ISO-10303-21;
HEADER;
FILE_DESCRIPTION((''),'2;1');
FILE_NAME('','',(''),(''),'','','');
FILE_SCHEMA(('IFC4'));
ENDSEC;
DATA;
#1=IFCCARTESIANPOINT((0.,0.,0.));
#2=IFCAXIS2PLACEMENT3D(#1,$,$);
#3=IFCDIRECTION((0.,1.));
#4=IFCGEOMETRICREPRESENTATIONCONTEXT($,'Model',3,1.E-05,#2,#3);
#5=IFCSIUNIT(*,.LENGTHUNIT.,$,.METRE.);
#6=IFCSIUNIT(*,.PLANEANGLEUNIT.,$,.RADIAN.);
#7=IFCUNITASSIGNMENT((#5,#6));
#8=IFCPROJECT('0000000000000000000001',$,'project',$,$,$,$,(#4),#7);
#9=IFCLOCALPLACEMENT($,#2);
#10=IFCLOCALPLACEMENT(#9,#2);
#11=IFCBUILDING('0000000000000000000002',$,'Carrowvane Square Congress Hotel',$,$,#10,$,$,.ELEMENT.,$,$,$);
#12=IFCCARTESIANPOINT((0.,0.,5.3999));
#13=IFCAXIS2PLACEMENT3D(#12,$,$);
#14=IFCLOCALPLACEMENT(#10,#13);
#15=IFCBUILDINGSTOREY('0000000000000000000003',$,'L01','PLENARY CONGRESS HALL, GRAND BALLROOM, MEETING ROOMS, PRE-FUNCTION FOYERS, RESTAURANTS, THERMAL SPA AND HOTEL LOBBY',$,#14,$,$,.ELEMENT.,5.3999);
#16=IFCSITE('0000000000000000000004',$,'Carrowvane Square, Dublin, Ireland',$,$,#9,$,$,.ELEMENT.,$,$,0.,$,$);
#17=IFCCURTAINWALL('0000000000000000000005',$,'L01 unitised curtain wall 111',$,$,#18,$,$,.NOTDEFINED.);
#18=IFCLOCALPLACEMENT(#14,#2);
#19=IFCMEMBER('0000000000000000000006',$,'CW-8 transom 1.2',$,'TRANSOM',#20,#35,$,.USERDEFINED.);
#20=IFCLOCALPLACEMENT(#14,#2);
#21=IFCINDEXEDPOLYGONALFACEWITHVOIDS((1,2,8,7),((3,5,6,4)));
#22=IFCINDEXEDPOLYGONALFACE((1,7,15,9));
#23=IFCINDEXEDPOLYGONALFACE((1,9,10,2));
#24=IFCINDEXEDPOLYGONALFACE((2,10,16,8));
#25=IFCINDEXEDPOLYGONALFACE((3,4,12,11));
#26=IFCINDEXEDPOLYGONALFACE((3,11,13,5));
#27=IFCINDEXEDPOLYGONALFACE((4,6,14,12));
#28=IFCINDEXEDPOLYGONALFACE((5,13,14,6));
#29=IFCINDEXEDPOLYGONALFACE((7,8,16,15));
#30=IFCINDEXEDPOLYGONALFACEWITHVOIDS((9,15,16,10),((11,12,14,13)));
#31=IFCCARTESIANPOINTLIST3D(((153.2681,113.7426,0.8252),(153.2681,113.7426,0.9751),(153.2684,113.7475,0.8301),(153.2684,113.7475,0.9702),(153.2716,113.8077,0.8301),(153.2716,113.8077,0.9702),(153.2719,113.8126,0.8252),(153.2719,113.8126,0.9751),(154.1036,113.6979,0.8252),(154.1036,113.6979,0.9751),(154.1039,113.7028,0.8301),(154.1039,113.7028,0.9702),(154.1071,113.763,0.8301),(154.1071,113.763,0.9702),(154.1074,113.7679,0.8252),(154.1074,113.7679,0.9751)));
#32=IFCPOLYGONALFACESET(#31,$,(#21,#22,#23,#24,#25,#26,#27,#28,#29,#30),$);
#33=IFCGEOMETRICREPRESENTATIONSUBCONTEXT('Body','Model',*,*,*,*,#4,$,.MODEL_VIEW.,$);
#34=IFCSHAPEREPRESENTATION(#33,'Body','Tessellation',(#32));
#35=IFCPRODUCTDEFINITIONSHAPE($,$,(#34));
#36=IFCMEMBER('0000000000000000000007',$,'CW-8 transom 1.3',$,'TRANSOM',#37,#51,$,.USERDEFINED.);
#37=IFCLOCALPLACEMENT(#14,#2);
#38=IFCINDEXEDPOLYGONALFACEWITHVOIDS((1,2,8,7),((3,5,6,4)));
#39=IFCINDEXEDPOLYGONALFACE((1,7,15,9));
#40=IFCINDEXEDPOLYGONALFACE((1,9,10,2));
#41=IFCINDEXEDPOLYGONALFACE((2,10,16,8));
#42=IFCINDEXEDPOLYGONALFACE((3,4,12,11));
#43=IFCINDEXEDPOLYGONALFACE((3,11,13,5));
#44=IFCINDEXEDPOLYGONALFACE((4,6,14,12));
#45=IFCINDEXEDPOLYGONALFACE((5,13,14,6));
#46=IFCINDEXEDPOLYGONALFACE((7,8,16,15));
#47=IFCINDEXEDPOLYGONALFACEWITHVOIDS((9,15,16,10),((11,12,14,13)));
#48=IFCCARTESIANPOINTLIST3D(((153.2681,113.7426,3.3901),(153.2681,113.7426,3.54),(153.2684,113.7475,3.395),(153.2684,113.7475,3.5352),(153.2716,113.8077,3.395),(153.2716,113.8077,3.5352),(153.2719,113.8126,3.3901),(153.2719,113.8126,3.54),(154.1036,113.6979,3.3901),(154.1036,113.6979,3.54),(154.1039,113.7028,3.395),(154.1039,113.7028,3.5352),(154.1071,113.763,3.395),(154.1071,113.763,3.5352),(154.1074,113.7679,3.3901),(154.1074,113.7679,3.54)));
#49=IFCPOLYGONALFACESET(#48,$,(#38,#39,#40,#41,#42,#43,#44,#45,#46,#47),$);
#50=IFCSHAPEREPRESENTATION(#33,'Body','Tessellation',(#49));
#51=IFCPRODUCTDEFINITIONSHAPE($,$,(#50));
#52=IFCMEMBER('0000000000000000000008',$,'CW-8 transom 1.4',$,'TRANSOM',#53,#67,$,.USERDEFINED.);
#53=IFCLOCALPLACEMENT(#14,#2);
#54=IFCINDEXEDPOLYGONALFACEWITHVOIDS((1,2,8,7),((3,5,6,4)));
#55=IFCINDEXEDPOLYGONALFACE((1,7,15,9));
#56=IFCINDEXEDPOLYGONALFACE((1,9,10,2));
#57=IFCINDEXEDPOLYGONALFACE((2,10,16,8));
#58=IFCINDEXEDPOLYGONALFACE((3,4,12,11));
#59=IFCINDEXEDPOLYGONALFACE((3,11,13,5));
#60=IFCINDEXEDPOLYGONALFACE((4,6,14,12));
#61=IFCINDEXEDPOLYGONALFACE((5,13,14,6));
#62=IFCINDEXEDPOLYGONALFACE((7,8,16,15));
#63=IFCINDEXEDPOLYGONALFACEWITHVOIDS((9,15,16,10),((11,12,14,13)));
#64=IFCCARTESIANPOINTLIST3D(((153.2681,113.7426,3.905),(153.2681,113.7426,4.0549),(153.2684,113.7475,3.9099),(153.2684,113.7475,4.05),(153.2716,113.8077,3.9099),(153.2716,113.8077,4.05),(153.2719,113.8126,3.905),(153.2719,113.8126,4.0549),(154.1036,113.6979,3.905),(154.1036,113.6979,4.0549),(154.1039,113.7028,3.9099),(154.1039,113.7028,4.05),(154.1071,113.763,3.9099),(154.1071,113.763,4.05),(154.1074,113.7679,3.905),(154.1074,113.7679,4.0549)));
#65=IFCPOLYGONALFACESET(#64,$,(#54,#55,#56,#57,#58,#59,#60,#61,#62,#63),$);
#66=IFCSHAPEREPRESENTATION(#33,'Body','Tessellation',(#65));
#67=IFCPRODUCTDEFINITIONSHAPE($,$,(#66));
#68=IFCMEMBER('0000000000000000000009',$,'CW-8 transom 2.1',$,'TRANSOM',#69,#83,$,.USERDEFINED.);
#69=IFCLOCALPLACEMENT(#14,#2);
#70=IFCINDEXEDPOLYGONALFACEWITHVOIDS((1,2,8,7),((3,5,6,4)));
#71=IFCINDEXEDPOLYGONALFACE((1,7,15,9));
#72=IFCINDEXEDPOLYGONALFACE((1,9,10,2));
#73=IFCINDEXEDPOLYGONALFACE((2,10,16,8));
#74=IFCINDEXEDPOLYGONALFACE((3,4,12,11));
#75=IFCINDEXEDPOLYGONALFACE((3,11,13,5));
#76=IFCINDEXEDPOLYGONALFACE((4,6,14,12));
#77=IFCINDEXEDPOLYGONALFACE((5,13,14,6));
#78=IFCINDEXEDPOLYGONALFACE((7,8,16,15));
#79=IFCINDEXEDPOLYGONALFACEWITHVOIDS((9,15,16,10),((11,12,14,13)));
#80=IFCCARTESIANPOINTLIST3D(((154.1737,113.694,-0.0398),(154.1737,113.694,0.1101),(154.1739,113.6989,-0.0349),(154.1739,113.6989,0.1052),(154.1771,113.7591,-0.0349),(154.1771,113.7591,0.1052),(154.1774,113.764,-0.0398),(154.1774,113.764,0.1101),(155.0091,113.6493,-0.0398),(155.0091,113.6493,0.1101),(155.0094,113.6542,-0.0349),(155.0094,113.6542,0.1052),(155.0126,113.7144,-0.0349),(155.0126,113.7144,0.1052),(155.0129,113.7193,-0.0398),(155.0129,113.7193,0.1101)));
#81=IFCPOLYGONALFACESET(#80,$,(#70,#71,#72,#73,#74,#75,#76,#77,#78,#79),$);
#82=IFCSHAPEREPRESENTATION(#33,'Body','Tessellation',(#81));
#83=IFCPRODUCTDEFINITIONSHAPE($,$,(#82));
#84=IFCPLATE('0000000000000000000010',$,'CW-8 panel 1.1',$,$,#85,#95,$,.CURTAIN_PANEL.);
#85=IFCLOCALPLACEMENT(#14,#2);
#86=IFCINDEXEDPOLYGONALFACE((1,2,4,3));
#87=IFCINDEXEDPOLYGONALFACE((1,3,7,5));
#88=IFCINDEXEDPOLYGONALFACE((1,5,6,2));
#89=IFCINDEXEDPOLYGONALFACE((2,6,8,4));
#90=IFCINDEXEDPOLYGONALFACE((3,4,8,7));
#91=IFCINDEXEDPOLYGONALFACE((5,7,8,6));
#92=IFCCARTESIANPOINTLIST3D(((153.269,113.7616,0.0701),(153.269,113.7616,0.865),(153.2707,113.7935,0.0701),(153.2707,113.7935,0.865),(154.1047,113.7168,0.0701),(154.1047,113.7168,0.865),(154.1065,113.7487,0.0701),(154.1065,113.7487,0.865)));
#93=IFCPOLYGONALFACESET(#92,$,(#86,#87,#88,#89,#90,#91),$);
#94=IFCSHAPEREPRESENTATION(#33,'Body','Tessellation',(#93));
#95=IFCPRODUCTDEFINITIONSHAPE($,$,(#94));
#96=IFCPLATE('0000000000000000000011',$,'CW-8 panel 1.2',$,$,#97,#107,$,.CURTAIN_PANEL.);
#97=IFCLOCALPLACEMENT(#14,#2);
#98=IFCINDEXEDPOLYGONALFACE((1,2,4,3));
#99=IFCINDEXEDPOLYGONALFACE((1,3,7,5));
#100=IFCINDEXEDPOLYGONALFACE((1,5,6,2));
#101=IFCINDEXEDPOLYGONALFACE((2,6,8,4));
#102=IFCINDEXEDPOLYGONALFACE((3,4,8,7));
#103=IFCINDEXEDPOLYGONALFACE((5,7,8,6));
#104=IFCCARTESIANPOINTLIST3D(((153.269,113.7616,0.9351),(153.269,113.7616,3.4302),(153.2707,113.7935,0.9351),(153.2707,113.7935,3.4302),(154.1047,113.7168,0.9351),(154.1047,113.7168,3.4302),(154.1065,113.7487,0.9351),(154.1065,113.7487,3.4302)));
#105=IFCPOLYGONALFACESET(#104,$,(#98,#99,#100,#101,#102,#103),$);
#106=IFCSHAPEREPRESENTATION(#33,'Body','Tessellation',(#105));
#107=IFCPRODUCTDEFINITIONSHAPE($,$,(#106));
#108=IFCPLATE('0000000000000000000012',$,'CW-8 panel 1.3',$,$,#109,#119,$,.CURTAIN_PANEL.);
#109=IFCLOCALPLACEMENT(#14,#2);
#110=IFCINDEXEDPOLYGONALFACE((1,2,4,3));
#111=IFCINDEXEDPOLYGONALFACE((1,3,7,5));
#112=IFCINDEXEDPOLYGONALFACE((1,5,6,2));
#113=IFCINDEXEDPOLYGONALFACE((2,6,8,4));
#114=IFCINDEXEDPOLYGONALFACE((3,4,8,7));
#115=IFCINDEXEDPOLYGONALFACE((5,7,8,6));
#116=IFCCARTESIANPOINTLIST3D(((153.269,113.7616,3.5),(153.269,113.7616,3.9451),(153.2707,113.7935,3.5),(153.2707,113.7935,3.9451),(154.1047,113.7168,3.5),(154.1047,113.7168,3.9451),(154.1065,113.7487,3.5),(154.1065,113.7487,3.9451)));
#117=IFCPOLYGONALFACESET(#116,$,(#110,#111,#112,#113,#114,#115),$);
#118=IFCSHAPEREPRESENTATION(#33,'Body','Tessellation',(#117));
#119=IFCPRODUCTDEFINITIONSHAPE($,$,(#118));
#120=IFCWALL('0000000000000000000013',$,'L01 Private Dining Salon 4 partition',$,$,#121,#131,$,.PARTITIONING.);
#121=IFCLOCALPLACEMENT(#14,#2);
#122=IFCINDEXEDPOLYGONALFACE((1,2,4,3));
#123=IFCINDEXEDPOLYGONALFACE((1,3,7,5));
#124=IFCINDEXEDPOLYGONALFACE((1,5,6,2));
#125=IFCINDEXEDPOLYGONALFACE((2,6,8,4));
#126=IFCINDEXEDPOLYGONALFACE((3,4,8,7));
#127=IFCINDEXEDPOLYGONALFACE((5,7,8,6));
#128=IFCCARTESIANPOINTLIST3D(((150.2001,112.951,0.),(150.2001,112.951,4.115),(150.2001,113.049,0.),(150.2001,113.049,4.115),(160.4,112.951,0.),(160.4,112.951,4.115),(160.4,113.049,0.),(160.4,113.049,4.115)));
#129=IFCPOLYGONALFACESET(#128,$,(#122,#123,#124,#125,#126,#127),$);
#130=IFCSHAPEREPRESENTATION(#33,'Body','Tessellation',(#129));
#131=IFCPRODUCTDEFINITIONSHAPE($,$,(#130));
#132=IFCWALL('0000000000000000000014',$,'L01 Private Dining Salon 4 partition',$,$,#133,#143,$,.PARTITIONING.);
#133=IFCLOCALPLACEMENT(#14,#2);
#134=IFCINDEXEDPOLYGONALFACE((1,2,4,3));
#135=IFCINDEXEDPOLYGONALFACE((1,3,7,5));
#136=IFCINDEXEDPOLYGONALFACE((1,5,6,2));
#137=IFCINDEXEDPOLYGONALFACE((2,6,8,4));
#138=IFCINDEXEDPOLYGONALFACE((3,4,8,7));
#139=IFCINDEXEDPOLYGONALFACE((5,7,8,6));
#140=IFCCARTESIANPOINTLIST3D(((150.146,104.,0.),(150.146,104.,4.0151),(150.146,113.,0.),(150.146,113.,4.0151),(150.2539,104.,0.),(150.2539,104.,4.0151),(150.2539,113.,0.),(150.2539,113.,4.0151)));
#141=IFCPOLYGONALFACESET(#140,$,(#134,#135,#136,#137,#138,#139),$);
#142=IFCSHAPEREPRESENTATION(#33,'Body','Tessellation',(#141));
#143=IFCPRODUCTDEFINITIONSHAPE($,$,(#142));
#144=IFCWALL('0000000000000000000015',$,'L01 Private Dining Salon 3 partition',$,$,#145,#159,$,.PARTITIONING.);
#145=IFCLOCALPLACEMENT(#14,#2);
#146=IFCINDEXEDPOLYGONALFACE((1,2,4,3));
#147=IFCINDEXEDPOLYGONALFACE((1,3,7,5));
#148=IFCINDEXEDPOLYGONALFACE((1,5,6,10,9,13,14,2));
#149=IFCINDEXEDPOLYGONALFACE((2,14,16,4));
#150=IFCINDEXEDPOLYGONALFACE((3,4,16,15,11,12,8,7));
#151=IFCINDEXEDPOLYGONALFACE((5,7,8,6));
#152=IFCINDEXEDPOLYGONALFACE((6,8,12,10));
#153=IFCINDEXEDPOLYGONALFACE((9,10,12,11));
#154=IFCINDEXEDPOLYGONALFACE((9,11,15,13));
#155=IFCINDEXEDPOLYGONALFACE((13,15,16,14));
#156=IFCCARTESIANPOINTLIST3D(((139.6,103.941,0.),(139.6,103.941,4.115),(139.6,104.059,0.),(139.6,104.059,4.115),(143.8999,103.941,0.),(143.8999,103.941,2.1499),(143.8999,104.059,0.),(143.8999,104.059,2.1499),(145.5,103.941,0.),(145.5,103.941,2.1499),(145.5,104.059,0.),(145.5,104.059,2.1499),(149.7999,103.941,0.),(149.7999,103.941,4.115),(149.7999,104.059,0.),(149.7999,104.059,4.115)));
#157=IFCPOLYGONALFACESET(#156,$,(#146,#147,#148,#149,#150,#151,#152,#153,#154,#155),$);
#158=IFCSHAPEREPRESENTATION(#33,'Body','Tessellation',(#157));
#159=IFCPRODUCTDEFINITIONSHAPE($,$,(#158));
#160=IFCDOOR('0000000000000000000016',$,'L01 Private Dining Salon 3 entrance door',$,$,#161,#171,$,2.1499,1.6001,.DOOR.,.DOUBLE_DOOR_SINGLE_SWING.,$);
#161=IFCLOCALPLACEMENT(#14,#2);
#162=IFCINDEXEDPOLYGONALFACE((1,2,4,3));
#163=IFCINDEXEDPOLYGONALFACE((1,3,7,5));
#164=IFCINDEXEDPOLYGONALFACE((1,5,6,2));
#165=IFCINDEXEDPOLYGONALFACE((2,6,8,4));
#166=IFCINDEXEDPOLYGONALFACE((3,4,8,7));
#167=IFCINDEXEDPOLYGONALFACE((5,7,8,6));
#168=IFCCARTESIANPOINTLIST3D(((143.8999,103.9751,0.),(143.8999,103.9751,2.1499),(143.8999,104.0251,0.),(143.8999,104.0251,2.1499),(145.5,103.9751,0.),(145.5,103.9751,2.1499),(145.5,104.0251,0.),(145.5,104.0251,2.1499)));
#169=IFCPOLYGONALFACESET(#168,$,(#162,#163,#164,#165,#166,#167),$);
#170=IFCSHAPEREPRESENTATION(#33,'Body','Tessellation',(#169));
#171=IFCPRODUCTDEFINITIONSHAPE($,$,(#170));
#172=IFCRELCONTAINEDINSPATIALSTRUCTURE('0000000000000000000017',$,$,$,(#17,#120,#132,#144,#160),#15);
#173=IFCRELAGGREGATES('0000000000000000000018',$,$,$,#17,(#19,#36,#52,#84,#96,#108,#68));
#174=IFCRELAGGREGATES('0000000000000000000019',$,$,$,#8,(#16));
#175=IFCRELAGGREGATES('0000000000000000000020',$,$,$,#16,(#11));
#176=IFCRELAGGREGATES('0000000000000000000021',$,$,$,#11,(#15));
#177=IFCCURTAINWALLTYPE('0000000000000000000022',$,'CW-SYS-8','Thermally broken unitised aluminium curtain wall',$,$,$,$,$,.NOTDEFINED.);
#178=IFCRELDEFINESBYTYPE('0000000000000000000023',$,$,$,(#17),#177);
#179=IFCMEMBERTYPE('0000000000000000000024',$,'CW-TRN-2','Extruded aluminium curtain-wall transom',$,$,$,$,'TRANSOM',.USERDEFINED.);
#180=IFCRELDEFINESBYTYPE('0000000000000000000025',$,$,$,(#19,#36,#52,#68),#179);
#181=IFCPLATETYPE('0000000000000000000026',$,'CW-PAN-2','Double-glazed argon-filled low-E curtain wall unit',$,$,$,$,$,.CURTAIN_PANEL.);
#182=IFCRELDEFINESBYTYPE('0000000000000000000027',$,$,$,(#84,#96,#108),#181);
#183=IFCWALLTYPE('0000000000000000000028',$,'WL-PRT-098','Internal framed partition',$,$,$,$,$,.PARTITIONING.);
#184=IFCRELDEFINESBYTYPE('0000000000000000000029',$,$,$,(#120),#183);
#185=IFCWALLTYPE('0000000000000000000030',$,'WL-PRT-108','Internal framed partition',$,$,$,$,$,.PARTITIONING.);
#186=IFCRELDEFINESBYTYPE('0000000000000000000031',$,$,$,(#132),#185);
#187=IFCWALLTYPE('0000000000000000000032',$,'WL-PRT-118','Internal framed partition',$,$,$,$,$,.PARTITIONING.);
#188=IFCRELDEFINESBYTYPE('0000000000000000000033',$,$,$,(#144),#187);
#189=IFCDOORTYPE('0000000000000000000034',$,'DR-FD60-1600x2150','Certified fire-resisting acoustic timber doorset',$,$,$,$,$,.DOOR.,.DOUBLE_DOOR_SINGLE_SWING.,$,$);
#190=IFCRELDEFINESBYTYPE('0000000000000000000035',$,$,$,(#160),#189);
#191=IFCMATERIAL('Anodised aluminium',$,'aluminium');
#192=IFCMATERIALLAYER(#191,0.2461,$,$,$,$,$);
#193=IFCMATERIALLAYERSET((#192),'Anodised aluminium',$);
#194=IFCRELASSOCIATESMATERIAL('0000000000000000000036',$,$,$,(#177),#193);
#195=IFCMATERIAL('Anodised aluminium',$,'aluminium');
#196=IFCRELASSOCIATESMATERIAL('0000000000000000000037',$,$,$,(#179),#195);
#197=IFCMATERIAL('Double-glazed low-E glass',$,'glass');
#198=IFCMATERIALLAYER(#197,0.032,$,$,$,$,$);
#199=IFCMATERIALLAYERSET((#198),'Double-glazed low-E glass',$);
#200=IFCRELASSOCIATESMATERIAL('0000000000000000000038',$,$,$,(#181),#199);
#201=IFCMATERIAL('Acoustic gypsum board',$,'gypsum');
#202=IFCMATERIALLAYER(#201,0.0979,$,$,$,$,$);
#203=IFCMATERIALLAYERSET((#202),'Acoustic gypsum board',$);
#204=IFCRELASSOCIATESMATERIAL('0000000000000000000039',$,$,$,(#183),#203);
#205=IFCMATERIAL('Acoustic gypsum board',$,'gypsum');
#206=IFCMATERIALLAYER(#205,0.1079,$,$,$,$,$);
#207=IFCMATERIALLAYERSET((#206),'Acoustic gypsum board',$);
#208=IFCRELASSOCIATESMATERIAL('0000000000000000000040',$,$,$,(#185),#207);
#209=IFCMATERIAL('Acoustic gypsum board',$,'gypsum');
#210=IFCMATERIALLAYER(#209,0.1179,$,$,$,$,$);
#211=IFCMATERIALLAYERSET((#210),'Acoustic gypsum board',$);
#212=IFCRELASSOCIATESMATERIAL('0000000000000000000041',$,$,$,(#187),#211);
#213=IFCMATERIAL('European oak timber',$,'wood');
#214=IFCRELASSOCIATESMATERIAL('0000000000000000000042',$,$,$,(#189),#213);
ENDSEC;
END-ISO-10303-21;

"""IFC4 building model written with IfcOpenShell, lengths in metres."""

from ifc_helpers import new_model, si_unit, direction, frame, frame_2d, origin, origin_2d, place, context, subcontext, project, spatial, rectangle, hollow_rectangle, extrude, material, layer, layer_set, material_profile, profile_set, type_object, element, fill, aggregate, save


model = new_model("IFC4")

# Units and contexts
model_context = context("Model", 3, precision=1e-05, world=origin(), true_north=direction((0.0, 1.0)))
body_context = subcontext(model_context, "Body", "Model", "MODEL_VIEW")
ifc_project = project(units=[si_unit("LENGTHUNIT", "METRE"), si_unit("PLANEANGLEUNIT", "RADIAN")], contexts=[model_context])

# Site, building, storey
site_placement = place(None, origin())
site = spatial("IfcSite", under=ifc_project, at=site_placement, Name="Carrowvane Square, Dublin, Ireland", CompositionType="ELEMENT", RefElevation=0.0)
building_placement = place(site_placement, origin())
building = spatial("IfcBuilding", under=site, at=building_placement, Name="Carrowvane Square Congress Hotel", CompositionType="ELEMENT")
storey_placement = place(building_placement, frame((0.0, 0.0, 5.3999)))
storey = spatial("IfcBuildingStorey", under=building, at=storey_placement, Name="L01", Description="PLENARY CONGRESS HALL, GRAND BALLROOM, MEETING ROOMS, PRE-FUNCTION FOYERS, RESTAURANTS, THERMAL SPA AND HOTEL LOBBY", CompositionType="ELEMENT", Elevation=5.3999)

# Curtain wall, members, plates
ifc_material_1 = material(Name="Anodised aluminium", Category="aluminium")
ifc_layer_1 = layer(ifc_material_1, 0.2461)
ifc_layer_set_1 = layer_set([ifc_layer_1], Name="Anodised aluminium")
curtain_wall_type = type_object("IfcCurtainWallType", Name="CW-SYS-8", Description="Thermally broken unitised aluminium curtain wall", PredefinedType="NOTDEFINED", material=ifc_layer_set_1)
curtain_wall_placement = place(storey_placement, origin())
curtain_wall = element("IfcCurtainWall", 1, at=curtain_wall_placement, inside=storey, type_object=curtain_wall_type, Name="L01 unitised curtain wall 111", PredefinedType="NOTDEFINED")
ifc_material_2 = material(Name="Anodised aluminium", Category="aluminium")
ifc_material_profile_1 = material_profile(ifc_material_2, hollow_rectangle(XDim=0.0701, YDim=0.1499, WallThickness=0.0049, at=origin_2d()), Name="CW-TR 70x150x5")
ifc_profile_set_1 = profile_set([ifc_material_profile_1], Name="Anodised aluminium")
member_type_1 = type_object("IfcMemberType", Name="CW-TRN-2", Description="Extruded aluminium curtain-wall transom", ElementType="TRANSOM", PredefinedType="USERDEFINED", material=ifc_profile_set_1)
member_1_placement = place(storey_placement, frame((153.27, 113.7776, 0.9001), z_axis=(0.998573, -0.053401, 0.0), x_axis=(0.053401, 0.998573, 0.0)))
member_1 = element("IfcMember", 2, at=member_1_placement, type_object=member_type_1, Name="CW-8 transom 1.2", ObjectType="TRANSOM", PredefinedType="USERDEFINED", context=body_context, shape_type="SweptSolid", body=[
    extrude(hollow_rectangle(XDim=0.0701, YDim=0.1499, WallThickness=0.0049, at=origin_2d()), origin(), (0.0, 0.0, 1.0), 0.8367),
])
member_2_placement = place(storey_placement, frame((153.27, 113.7776, 3.4651), z_axis=(0.998573, -0.053401, 0.0), x_axis=(0.053401, 0.998573, 0.0)))
member_2 = element("IfcMember", 3, at=member_2_placement, type_object=member_type_1, Name="CW-8 transom 1.3", ObjectType="TRANSOM", PredefinedType="USERDEFINED", context=body_context, shape_type="SweptSolid", body=[
    extrude(hollow_rectangle(XDim=0.0701, YDim=0.1499, WallThickness=0.0049, at=origin_2d()), origin(), (0.0, 0.0, 1.0), 0.8367),
])
member_3_placement = place(storey_placement, frame((153.27, 113.7776, 3.98), z_axis=(0.998573, -0.053401, 0.0), x_axis=(0.053401, 0.998573, 0.0)))
member_3 = element("IfcMember", 4, at=member_3_placement, type_object=member_type_1, Name="CW-8 transom 1.4", ObjectType="TRANSOM", PredefinedType="USERDEFINED", context=body_context, shape_type="SweptSolid", body=[
    extrude(hollow_rectangle(XDim=0.0701, YDim=0.1499, WallThickness=0.0049, at=origin_2d()), origin(), (0.0, 0.0, 1.0), 0.8367),
])
member_4_placement = place(storey_placement, frame((154.1755, 113.729, 0.0352), z_axis=(0.998573, -0.053401, 0.0), x_axis=(0.053401, 0.998573, 0.0)))
member_4 = element("IfcMember", 5, at=member_4_placement, type_object=member_type_1, Name="CW-8 transom 2.1", ObjectType="TRANSOM", PredefinedType="USERDEFINED", context=body_context, shape_type="SweptSolid", body=[
    extrude(hollow_rectangle(XDim=0.0701, YDim=0.1499, WallThickness=0.0049, at=origin_2d()), origin(), (0.0, 0.0, 1.0), 0.8367),
])
ifc_material_3 = material(Name="Double-glazed low-E glass", Category="glass")
ifc_layer_2 = layer(ifc_material_3, 0.032)
ifc_layer_set_2 = layer_set([ifc_layer_2], Name="Double-glazed low-E glass")
plate_type = type_object("IfcPlateType", Name="CW-PAN-2", Description="Double-glazed argon-filled low-E curtain wall unit", PredefinedType="CURTAIN_PANEL", material=ifc_layer_set_2)
plate_1_placement = place(storey_placement, frame((153.6877, 113.7551, 0.0701), z_axis=(0.0, 0.0, 1.0), x_axis=(0.998567, -0.053517, 0.0)))
plate_1 = element("IfcPlate", 6, at=plate_1_placement, type_object=plate_type, Name="CW-8 panel 1.1", PredefinedType="CURTAIN_PANEL", context=body_context, shape_type="SweptSolid", body=[
    extrude(rectangle(XDim=0.8369, YDim=0.032, at=origin_2d()), origin(), (0.0, 0.0, 1.0), 0.7949),
])
plate_2_placement = place(storey_placement, frame((153.6877, 113.7551, 0.9351), z_axis=(0.0, 0.0, 1.0), x_axis=(0.998567, -0.053517, 0.0)))
plate_2 = element("IfcPlate", 7, at=plate_2_placement, type_object=plate_type, Name="CW-8 panel 1.2", PredefinedType="CURTAIN_PANEL", context=body_context, shape_type="SweptSolid", body=[
    extrude(rectangle(XDim=0.8369, YDim=0.032, at=origin_2d()), origin(), (0.0, 0.0, 1.0), 2.4951),
])
plate_3_placement = place(storey_placement, frame((153.6877, 113.7551, 3.5), z_axis=(0.0, 0.0, 1.0), x_axis=(0.998567, -0.053517, 0.0)))
plate_3 = element("IfcPlate", 8, at=plate_3_placement, type_object=plate_type, Name="CW-8 panel 1.3", PredefinedType="CURTAIN_PANEL", context=body_context, shape_type="SweptSolid", body=[
    extrude(rectangle(XDim=0.8369, YDim=0.032, at=origin_2d()), origin(), (0.0, 0.0, 1.0), 0.4451),
])
aggregate(curtain_wall, [member_1, member_2, member_3, plate_1, plate_2, plate_3, member_4])

# Walls
ifc_material_4 = material(Name="Acoustic gypsum board", Category="gypsum")
ifc_layer_3 = layer(ifc_material_4, 0.0979)
ifc_layer_set_3 = layer_set([ifc_layer_3], Name="Acoustic gypsum board")
wall_type_1 = type_object("IfcWallType", Name="WL-PRT-098", Description="Internal framed partition", PredefinedType="PARTITIONING", material=ifc_layer_set_3)
wall_1_placement = place(storey_placement, frame((150.2, 113.0, 0.0), z_axis=(0.0, 0.0, 1.0), x_axis=(1.0, 0.0, 0.0)))
element("IfcWall", 9, at=wall_1_placement, inside=storey, type_object=wall_type_1, Name="L01 Private Dining Salon 4 partition", PredefinedType="PARTITIONING", context=body_context, shape_type="SweptSolid", body=[
    extrude(rectangle(XDim=10.2, YDim=0.0979, at=frame_2d((5.1001, 0.0))), origin(), (0.0, 0.0, 1.0), 4.115),
])
ifc_material_5 = material(Name="Acoustic gypsum board", Category="gypsum")
ifc_layer_4 = layer(ifc_material_5, 0.1079)
ifc_layer_set_4 = layer_set([ifc_layer_4], Name="Acoustic gypsum board")
wall_type_2 = type_object("IfcWallType", Name="WL-PRT-108", Description="Internal framed partition", PredefinedType="PARTITIONING", material=ifc_layer_set_4)
wall_2_placement = place(storey_placement, frame((150.2, 104.0, 0.0), z_axis=(0.0, 0.0, 1.0), x_axis=(0.0, 1.0, 0.0)))
element("IfcWall", 10, at=wall_2_placement, inside=storey, type_object=wall_type_2, Name="L01 Private Dining Salon 4 partition", PredefinedType="PARTITIONING", context=body_context, shape_type="SweptSolid", body=[
    extrude(rectangle(XDim=9.0, YDim=0.1079, at=frame_2d((4.5, 0.0))), origin(), (0.0, 0.0, 1.0), 4.0151),
])

# Wall, opening, door
ifc_material_6 = material(Name="Acoustic gypsum board", Category="gypsum")
ifc_layer_5 = layer(ifc_material_6, 0.1179)
ifc_layer_set_5 = layer_set([ifc_layer_5], Name="Acoustic gypsum board")
wall_type_3 = type_object("IfcWallType", Name="WL-PRT-118", Description="Internal framed partition", PredefinedType="PARTITIONING", material=ifc_layer_set_5)
wall_3_placement = place(storey_placement, frame((149.8, 104.0, 0.0), z_axis=(0.0, 0.0, 1.0), x_axis=(-1.0, 0.0, 0.0)))
wall_3 = element("IfcWall", 11, at=wall_3_placement, inside=storey, type_object=wall_type_3, Name="L01 Private Dining Salon 3 partition", PredefinedType="PARTITIONING", context=body_context, shape_type="SweptSolid", body=[
    extrude(rectangle(XDim=10.2, YDim=0.1179, at=frame_2d((5.1001, 0.0))), origin(), (0.0, 0.0, 1.0), 4.115),
])
opening_placement = place(wall_3_placement, frame((4.3, 0.0, 0.0)))
opening = element("IfcOpeningElement", 12, at=opening_placement, cuts=wall_3, PredefinedType="OPENING", context=body_context, shape_type="SweptSolid", body=[
    extrude(rectangle(XDim=1.6001, YDim=2.1499, at=frame_2d((0.8, 1.075))), frame((0.0, 0.0688, 0.0), z_axis=(0.0, -1.0, 0.0), x_axis=(1.0, 0.0, 0.0)), (0.0, 0.0, 1.0), 0.1379),
])
ifc_material_7 = material(Name="European oak timber", Category="wood")
door_type = type_object("IfcDoorType", Name="DR-FD60-1600x2150", Description="Certified fire-resisting acoustic timber doorset", OperationType="DOUBLE_DOOR_SINGLE_SWING", PredefinedType="DOOR", material=ifc_material_7)
door_placement = place(opening_placement, origin())
door = element("IfcDoor", 13, at=door_placement, inside=storey, type_object=door_type, Name="L01 Private Dining Salon 3 entrance door", OperationType="DOUBLE_DOOR_SINGLE_SWING", OverallHeight=2.1499, OverallWidth=1.6001, PredefinedType="DOOR", context=body_context, shape_type="SweptSolid", body=[
    extrude(rectangle(XDim=1.6001, YDim=2.1499, at=frame_2d((0.8, 1.075))), frame((0.0, 0.0249, 0.0), z_axis=(0.0, -1.0, 0.0), x_axis=(1.0, 0.0, 0.0)), (0.0, 0.0, 1.0), 0.05),
])
fill(opening, door)

save(model, "model.ifc")
